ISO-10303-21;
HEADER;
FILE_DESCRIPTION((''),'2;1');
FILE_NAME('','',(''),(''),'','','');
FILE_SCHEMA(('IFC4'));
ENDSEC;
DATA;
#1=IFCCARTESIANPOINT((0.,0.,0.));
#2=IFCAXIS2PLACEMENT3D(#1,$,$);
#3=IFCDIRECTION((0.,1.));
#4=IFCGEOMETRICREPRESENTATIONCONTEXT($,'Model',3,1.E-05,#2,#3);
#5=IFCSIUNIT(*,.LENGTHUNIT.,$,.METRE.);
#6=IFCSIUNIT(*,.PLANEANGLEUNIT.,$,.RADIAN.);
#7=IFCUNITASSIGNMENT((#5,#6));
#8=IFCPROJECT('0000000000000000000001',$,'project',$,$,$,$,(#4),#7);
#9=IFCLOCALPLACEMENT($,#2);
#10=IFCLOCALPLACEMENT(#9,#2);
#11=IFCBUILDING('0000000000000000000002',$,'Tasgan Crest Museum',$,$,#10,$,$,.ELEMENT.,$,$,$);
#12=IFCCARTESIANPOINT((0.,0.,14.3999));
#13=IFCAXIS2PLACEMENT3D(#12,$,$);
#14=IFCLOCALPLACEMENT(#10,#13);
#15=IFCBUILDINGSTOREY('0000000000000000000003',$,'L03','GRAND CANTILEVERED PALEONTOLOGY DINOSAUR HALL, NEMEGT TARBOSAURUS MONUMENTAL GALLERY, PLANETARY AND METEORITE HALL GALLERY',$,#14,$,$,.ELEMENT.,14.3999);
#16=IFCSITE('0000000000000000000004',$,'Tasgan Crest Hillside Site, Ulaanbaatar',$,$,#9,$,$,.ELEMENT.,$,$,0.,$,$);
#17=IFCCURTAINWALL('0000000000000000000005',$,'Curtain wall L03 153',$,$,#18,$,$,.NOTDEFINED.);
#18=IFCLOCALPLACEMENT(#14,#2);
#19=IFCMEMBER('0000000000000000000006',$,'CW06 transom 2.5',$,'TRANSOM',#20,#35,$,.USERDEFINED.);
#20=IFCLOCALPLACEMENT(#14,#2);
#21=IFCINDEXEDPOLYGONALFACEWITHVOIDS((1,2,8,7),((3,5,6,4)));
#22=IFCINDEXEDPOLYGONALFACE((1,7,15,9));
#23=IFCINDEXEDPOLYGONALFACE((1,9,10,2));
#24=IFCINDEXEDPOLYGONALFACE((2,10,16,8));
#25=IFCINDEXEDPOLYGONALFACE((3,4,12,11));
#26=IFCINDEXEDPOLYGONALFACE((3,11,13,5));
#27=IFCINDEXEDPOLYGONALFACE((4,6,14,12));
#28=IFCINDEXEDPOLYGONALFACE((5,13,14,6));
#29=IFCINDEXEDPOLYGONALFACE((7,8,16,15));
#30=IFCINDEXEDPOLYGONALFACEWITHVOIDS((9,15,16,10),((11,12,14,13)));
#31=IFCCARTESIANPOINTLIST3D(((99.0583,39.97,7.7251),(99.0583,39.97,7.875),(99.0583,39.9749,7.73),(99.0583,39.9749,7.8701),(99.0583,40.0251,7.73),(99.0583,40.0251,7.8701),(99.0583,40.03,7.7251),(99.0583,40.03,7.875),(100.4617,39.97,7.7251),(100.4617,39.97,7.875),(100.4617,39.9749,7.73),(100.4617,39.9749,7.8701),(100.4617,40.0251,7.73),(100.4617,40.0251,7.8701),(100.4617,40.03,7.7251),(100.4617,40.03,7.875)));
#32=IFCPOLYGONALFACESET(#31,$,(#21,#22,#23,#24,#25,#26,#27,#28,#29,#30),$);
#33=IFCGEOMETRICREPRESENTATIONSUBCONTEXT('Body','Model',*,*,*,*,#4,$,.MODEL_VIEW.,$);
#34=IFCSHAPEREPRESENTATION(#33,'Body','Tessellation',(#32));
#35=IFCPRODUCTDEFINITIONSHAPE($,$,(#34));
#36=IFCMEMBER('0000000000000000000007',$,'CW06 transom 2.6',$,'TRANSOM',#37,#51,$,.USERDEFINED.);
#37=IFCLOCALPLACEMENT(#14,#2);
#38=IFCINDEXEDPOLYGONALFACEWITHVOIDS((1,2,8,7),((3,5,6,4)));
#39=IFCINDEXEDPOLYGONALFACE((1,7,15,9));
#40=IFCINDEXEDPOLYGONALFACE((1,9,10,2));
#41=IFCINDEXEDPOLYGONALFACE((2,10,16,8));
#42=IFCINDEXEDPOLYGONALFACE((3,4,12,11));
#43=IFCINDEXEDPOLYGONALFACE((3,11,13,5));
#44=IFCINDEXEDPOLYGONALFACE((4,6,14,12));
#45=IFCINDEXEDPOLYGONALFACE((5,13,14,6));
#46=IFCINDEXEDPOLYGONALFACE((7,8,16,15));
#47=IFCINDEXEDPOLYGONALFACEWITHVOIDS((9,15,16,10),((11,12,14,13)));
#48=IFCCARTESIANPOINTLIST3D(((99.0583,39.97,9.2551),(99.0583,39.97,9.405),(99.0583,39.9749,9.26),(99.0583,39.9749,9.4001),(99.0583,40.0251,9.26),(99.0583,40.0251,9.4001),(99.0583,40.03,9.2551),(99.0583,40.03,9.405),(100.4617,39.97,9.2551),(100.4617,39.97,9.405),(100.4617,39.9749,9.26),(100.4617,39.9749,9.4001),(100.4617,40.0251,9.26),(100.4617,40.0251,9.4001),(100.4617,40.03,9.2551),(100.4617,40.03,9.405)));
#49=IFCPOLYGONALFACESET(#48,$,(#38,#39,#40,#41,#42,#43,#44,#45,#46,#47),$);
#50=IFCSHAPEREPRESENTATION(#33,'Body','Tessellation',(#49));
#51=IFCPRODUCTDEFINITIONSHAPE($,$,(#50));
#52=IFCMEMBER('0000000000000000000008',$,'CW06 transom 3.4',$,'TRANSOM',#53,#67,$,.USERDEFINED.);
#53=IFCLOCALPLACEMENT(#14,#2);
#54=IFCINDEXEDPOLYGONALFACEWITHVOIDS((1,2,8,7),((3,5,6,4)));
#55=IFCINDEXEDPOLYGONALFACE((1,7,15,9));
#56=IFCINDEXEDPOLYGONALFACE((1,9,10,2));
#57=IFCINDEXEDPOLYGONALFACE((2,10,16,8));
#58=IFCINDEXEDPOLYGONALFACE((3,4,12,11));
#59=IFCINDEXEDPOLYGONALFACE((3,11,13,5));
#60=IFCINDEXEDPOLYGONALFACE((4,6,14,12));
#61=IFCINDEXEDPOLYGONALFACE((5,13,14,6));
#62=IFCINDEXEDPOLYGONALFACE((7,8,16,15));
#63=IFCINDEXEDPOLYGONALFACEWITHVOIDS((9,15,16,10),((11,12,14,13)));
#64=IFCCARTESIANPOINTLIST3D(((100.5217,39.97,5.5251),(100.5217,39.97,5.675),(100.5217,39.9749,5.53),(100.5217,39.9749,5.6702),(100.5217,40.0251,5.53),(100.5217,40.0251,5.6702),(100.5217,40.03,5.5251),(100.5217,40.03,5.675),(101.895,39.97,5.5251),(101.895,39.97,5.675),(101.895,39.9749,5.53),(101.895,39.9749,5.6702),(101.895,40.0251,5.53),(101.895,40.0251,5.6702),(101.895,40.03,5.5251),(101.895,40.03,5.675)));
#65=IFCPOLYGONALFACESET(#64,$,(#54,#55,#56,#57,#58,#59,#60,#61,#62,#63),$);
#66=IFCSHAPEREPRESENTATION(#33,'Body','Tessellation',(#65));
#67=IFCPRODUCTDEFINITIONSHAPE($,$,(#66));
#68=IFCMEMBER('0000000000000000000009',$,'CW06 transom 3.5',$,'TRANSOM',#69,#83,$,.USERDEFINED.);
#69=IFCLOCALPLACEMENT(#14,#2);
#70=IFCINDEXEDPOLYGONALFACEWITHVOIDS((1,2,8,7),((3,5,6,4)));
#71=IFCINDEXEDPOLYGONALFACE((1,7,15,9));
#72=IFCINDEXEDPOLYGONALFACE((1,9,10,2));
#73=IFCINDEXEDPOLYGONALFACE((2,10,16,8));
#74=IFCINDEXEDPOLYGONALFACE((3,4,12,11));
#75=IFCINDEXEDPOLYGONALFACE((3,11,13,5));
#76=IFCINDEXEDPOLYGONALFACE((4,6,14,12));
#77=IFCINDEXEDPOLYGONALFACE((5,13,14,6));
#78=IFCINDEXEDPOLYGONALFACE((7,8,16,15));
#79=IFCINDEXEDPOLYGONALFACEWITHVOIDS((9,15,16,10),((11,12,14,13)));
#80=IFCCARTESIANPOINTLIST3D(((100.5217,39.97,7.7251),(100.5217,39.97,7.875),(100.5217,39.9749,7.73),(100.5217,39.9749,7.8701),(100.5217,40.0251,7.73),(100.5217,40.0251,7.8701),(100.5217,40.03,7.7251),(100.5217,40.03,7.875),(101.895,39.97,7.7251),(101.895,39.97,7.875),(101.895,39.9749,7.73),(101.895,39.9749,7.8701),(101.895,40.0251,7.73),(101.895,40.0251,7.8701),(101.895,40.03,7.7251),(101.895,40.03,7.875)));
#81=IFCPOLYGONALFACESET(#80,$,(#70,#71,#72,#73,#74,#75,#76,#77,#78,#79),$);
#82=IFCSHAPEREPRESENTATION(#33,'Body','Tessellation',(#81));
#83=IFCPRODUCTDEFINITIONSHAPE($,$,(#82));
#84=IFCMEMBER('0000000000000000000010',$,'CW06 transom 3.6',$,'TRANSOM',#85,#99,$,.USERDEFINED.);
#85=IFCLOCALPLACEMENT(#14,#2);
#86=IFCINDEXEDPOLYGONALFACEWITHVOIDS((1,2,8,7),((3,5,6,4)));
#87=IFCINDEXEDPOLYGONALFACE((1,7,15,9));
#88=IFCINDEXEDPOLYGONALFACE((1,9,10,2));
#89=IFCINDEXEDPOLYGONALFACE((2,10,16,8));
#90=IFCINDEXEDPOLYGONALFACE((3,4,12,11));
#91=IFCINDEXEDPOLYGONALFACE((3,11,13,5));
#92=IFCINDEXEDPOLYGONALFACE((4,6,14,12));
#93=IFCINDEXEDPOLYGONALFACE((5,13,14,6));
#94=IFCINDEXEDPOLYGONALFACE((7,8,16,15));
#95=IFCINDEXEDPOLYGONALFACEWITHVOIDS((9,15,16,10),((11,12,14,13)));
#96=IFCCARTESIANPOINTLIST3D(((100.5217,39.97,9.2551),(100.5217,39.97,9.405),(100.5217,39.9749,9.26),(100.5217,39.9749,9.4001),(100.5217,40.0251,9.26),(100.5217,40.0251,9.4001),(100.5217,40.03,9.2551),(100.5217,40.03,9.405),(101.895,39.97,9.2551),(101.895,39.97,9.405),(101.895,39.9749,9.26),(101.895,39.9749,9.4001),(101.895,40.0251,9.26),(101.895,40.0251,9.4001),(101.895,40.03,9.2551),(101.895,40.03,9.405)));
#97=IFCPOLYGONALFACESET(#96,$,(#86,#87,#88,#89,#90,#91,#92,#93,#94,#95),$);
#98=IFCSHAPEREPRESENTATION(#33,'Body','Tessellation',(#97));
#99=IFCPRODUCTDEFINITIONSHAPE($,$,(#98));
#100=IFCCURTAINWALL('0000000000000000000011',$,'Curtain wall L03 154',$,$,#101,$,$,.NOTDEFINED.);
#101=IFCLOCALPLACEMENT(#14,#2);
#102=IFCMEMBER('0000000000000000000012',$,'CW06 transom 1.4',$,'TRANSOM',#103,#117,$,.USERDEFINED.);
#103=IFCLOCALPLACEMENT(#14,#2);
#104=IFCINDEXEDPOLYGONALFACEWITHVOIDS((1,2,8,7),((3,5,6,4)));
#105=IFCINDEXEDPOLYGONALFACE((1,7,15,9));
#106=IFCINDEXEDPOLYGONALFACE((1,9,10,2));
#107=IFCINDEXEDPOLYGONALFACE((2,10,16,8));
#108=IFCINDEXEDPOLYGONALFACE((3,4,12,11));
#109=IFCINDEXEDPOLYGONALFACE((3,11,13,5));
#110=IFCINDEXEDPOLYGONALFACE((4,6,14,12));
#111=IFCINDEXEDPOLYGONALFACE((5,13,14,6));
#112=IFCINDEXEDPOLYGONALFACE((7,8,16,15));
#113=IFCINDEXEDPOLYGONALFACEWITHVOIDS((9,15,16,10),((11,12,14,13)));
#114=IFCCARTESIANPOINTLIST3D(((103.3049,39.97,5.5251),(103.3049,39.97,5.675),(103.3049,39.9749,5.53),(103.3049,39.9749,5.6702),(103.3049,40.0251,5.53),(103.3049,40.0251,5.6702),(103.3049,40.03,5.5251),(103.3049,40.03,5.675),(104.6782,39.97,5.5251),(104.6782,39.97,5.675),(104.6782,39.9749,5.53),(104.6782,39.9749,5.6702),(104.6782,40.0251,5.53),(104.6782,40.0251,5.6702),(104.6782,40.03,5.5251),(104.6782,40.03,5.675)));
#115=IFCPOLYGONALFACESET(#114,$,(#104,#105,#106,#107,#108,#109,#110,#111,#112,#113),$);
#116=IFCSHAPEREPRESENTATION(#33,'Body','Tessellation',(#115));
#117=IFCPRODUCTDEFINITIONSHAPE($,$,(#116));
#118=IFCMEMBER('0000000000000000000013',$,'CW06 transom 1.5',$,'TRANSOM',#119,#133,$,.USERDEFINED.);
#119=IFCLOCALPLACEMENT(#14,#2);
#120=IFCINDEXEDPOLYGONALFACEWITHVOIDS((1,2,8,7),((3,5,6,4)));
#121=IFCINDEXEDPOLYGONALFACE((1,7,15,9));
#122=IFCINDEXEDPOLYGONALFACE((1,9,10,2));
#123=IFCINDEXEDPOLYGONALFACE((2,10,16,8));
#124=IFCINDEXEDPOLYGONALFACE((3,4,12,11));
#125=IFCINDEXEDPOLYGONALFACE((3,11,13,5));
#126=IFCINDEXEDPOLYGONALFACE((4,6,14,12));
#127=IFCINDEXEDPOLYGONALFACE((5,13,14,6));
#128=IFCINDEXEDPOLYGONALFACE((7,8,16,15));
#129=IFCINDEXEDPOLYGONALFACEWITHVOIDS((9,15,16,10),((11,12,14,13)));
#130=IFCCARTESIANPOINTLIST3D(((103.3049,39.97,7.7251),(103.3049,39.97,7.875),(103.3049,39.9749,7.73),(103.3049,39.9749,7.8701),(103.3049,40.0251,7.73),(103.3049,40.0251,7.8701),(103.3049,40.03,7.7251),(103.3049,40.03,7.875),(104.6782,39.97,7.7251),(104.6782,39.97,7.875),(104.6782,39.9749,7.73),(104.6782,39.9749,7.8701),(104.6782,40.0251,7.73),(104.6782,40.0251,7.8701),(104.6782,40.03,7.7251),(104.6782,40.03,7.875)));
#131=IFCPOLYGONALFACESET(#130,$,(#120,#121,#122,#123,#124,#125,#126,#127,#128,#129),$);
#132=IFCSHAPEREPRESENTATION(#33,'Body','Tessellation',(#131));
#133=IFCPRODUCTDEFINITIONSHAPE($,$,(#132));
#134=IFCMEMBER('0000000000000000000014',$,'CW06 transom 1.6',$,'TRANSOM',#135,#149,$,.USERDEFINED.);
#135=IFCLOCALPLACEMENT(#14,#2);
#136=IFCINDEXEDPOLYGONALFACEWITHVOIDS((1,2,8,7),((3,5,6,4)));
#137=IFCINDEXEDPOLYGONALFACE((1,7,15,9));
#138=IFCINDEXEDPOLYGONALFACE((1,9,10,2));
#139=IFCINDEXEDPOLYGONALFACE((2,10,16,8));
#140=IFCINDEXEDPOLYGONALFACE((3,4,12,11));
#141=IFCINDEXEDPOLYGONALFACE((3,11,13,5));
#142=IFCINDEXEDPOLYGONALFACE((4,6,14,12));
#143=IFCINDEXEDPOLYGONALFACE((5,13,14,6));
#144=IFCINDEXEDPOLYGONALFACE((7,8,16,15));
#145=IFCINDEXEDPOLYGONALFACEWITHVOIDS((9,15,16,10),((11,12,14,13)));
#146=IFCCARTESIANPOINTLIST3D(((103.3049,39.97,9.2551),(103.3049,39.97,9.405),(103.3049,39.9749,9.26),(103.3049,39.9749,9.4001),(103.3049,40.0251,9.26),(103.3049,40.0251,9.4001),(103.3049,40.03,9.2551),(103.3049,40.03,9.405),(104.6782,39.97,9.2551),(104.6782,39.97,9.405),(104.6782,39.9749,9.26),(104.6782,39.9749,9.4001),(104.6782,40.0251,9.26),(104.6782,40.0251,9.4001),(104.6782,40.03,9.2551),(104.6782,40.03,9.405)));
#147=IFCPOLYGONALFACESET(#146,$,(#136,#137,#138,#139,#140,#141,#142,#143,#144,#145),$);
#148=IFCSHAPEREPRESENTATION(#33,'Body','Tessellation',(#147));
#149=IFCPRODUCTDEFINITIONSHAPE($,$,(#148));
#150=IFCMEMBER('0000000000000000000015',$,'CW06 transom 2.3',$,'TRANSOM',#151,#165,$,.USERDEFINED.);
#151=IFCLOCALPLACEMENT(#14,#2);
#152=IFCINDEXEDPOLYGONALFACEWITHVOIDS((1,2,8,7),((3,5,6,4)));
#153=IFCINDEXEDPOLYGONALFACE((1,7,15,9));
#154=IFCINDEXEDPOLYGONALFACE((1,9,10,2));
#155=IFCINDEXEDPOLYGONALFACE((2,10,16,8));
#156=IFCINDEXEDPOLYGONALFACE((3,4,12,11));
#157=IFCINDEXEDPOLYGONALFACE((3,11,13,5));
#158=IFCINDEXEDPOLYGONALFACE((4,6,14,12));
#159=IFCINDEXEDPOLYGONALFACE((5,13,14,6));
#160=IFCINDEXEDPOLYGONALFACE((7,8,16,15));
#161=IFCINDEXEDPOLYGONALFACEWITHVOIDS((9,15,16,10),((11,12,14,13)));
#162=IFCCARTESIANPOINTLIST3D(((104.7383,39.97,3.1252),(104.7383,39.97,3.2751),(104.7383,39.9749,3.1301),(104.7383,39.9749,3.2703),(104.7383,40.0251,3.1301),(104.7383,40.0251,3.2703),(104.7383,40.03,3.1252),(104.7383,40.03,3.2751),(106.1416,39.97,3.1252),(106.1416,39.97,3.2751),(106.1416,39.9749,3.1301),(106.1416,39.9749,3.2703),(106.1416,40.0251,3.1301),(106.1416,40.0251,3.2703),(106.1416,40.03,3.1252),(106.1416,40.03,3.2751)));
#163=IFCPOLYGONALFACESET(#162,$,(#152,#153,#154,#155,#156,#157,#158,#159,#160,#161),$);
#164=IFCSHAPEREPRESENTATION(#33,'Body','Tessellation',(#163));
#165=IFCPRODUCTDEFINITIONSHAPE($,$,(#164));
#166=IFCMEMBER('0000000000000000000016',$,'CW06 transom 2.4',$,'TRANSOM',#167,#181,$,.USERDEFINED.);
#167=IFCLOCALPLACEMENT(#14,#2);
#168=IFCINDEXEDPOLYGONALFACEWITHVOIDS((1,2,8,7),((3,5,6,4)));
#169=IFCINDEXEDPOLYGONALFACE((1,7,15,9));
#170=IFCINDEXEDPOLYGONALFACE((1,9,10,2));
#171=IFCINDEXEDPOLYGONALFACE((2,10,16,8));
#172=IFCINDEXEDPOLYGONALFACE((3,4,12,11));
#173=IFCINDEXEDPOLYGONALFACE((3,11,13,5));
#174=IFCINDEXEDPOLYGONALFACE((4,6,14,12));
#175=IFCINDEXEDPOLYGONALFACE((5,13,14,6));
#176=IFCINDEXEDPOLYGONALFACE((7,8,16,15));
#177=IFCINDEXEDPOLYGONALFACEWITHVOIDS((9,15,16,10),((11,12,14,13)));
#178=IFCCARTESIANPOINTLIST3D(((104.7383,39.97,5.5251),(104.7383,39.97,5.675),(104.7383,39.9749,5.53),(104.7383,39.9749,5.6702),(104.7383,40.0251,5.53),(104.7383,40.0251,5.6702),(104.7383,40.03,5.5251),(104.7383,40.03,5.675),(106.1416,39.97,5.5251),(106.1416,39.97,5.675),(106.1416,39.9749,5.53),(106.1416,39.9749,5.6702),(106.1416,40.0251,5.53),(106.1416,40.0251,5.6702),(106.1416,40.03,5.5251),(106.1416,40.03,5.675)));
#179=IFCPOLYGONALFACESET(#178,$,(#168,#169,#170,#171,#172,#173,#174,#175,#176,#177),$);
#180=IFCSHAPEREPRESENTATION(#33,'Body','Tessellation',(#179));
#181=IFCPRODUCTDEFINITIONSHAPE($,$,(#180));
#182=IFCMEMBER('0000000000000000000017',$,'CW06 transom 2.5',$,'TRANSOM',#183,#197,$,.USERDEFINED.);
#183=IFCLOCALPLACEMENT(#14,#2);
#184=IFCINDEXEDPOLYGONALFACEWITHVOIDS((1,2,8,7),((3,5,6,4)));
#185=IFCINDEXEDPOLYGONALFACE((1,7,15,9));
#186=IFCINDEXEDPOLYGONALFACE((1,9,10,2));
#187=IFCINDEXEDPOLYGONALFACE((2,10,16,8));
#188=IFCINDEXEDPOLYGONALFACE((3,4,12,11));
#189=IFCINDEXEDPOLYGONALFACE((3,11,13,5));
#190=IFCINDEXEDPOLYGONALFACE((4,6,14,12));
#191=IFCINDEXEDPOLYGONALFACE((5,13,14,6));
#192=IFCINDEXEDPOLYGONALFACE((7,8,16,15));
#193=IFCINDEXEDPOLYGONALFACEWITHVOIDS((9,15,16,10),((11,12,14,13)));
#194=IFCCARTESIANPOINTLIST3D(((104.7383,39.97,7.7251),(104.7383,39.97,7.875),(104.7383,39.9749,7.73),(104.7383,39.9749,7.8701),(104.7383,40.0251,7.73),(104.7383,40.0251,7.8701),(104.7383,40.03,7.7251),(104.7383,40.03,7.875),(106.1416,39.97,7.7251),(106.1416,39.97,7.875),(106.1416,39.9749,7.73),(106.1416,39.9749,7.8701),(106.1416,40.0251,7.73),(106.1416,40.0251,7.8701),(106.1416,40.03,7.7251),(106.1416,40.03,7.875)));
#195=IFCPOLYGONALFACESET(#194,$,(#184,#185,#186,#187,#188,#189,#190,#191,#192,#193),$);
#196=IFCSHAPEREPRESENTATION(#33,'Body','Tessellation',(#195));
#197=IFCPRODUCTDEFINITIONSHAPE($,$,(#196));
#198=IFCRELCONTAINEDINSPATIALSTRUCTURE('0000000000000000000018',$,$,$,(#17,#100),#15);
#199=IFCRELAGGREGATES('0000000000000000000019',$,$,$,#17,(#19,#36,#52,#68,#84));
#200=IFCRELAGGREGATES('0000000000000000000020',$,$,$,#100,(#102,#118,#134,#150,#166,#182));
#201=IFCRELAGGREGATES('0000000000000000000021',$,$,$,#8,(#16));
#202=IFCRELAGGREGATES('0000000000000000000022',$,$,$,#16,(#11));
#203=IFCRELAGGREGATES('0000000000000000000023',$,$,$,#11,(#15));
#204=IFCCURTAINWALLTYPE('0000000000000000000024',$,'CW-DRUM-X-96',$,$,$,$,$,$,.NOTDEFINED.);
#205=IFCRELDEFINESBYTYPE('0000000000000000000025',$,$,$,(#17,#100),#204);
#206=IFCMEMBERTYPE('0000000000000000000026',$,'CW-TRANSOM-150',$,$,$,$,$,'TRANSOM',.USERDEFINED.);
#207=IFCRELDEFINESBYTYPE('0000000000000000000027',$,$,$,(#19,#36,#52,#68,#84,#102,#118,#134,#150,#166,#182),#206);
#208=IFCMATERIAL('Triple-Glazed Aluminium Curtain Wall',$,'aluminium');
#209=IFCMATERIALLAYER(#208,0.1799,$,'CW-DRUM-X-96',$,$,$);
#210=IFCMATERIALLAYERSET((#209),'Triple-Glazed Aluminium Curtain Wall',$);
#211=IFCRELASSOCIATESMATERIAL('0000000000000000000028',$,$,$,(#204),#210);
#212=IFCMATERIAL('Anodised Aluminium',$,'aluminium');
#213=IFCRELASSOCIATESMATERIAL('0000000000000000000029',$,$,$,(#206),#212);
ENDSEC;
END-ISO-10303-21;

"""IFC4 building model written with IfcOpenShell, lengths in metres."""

from ifc_helpers import new_model, si_unit, direction, frame, origin, origin_2d, place, context, subcontext, project, spatial, hollow_rectangle, extrude, material, layer, layer_set, material_profile, profile_set, type_object, element, aggregate, save


model = new_model("IFC4")

# Units and contexts
model_context = context("Model", 3, precision=1e-05, world=origin(), true_north=direction((0.0, 1.0)))
body_context = subcontext(model_context, "Body", "Model", "MODEL_VIEW")
ifc_project = project(units=[si_unit("LENGTHUNIT", "METRE"), si_unit("PLANEANGLEUNIT", "RADIAN")], contexts=[model_context])

# Site, building, storey
site_placement = place(None, origin())
site = spatial("IfcSite", under=ifc_project, at=site_placement, Name="Tasgan Crest Hillside Site, Ulaanbaatar", CompositionType="ELEMENT", RefElevation=0.0)
building_placement = place(site_placement, origin())
building = spatial("IfcBuilding", under=site, at=building_placement, Name="Tasgan Crest Museum", CompositionType="ELEMENT")
storey_placement = place(building_placement, frame((0.0, 0.0, 14.3999)))
storey = spatial("IfcBuildingStorey", under=building, at=storey_placement, Name="L03", Description="GRAND CANTILEVERED PALEONTOLOGY DINOSAUR HALL, NEMEGT TARBOSAURUS MONUMENTAL GALLERY, PLANETARY AND METEORITE HALL GALLERY", CompositionType="ELEMENT", Elevation=14.3999)

# Curtain walls, members
ifc_material_1 = material(Name="Triple-Glazed Aluminium Curtain Wall", Category="aluminium")
ifc_layer_1 = layer(ifc_material_1, 0.1799, Name="CW-DRUM-X-96")
ifc_layer_set_1 = layer_set([ifc_layer_1], Name="Triple-Glazed Aluminium Curtain Wall")
curtain_wall_type = type_object("IfcCurtainWallType", Name="CW-DRUM-X-96", PredefinedType="NOTDEFINED", material=ifc_layer_set_1)
curtain_wall_1_placement = place(storey_placement, origin())
curtain_wall_1 = element("IfcCurtainWall", 1, at=curtain_wall_1_placement, inside=storey, type_object=curtain_wall_type, Name="Curtain wall L03 153", PredefinedType="NOTDEFINED")
ifc_material_2 = material(Name="Anodised Aluminium", Category="aluminium")
ifc_material_profile = material_profile(ifc_material_2, hollow_rectangle(XDim=0.0601, YDim=0.1499, WallThickness=0.0049, at=origin_2d()), Name="ALU TRANSOM 150x60x5")
ifc_profile_set = profile_set([ifc_material_profile], Name="Anodised Aluminium")
member_type = type_object("IfcMemberType", Name="CW-TRANSOM-150", ElementType="TRANSOM", PredefinedType="USERDEFINED", material=ifc_profile_set)
member_1_placement = place(storey_placement, frame((99.0583, 40.0, 7.8), z_axis=(1.0, 0.0, 0.0), x_axis=(0.0, 1.0, 0.0)))
member_1 = element("IfcMember", 2, at=member_1_placement, type_object=member_type, Name="CW06 transom 2.5", ObjectType="TRANSOM", PredefinedType="USERDEFINED", context=body_context, shape_type="SweptSolid", body=[
    extrude(hollow_rectangle(XDim=0.0601, YDim=0.1499, WallThickness=0.0049, at=origin_2d()), origin(), (0.0, 0.0, 1.0), 1.4033),
])
member_2_placement = place(storey_placement, frame((99.0583, 40.0, 9.3301), z_axis=(1.0, 0.0, 0.0), x_axis=(0.0, 1.0, 0.0)))
member_2 = element("IfcMember", 3, at=member_2_placement, type_object=member_type, Name="CW06 transom 2.6", ObjectType="TRANSOM", PredefinedType="USERDEFINED", context=body_context, shape_type="SweptSolid", body=[
    extrude(hollow_rectangle(XDim=0.0601, YDim=0.1499, WallThickness=0.0049, at=origin_2d()), origin(), (0.0, 0.0, 1.0), 1.4033),
])
member_3_placement = place(storey_placement, frame((100.5217, 40.0, 5.6001), z_axis=(1.0, 0.0, 0.0), x_axis=(0.0, 1.0, 0.0)))
member_3 = element("IfcMember", 4, at=member_3_placement, type_object=member_type, Name="CW06 transom 3.4", ObjectType="TRANSOM", PredefinedType="USERDEFINED", context=body_context, shape_type="SweptSolid", body=[
    extrude(hollow_rectangle(XDim=0.0601, YDim=0.1499, WallThickness=0.0049, at=origin_2d()), origin(), (0.0, 0.0, 1.0), 1.3733),
])
member_4_placement = place(storey_placement, frame((100.5217, 40.0, 7.8), z_axis=(1.0, 0.0, 0.0), x_axis=(0.0, 1.0, 0.0)))
member_4 = element("IfcMember", 5, at=member_4_placement, type_object=member_type, Name="CW06 transom 3.5", ObjectType="TRANSOM", PredefinedType="USERDEFINED", context=body_context, shape_type="SweptSolid", body=[
    extrude(hollow_rectangle(XDim=0.0601, YDim=0.1499, WallThickness=0.0049, at=origin_2d()), origin(), (0.0, 0.0, 1.0), 1.3733),
])
member_5_placement = place(storey_placement, frame((100.5217, 40.0, 9.3301), z_axis=(1.0, 0.0, 0.0), x_axis=(0.0, 1.0, 0.0)))
member_5 = element("IfcMember", 6, at=member_5_placement, type_object=member_type, Name="CW06 transom 3.6", ObjectType="TRANSOM", PredefinedType="USERDEFINED", context=body_context, shape_type="SweptSolid", body=[
    extrude(hollow_rectangle(XDim=0.0601, YDim=0.1499, WallThickness=0.0049, at=origin_2d()), origin(), (0.0, 0.0, 1.0), 1.3733),
])
curtain_wall_2_placement = place(storey_placement, origin())
curtain_wall_2 = element("IfcCurtainWall", 7, at=curtain_wall_2_placement, inside=storey, type_object=curtain_wall_type, Name="Curtain wall L03 154", PredefinedType="NOTDEFINED")
member_6_placement = place(storey_placement, frame((103.3049, 40.0, 5.6001), z_axis=(1.0, 0.0, 0.0), x_axis=(0.0, 1.0, 0.0)))
member_6 = element("IfcMember", 8, at=member_6_placement, type_object=member_type, Name="CW06 transom 1.4", ObjectType="TRANSOM", PredefinedType="USERDEFINED", context=body_context, shape_type="SweptSolid", body=[
    extrude(hollow_rectangle(XDim=0.0601, YDim=0.1499, WallThickness=0.0049, at=origin_2d()), origin(), (0.0, 0.0, 1.0), 1.3733),
])
member_7_placement = place(storey_placement, frame((103.3049, 40.0, 7.8), z_axis=(1.0, 0.0, 0.0), x_axis=(0.0, 1.0, 0.0)))
member_7 = element("IfcMember", 9, at=member_7_placement, type_object=member_type, Name="CW06 transom 1.5", ObjectType="TRANSOM", PredefinedType="USERDEFINED", context=body_context, shape_type="SweptSolid", body=[
    extrude(hollow_rectangle(XDim=0.0601, YDim=0.1499, WallThickness=0.0049, at=origin_2d()), origin(), (0.0, 0.0, 1.0), 1.3733),
])
member_8_placement = place(storey_placement, frame((103.3049, 40.0, 9.3301), z_axis=(1.0, 0.0, 0.0), x_axis=(0.0, 1.0, 0.0)))
member_8 = element("IfcMember", 10, at=member_8_placement, type_object=member_type, Name="CW06 transom 1.6", ObjectType="TRANSOM", PredefinedType="USERDEFINED", context=body_context, shape_type="SweptSolid", body=[
    extrude(hollow_rectangle(XDim=0.0601, YDim=0.1499, WallThickness=0.0049, at=origin_2d()), origin(), (0.0, 0.0, 1.0), 1.3733),
])
member_9_placement = place(storey_placement, frame((104.7383, 40.0, 3.2002), z_axis=(1.0, 0.0, 0.0), x_axis=(0.0, 1.0, 0.0)))
member_9 = element("IfcMember", 11, at=member_9_placement, type_object=member_type, Name="CW06 transom 2.3", ObjectType="TRANSOM", PredefinedType="USERDEFINED", context=body_context, shape_type="SweptSolid", body=[
    extrude(hollow_rectangle(XDim=0.0601, YDim=0.1499, WallThickness=0.0049, at=origin_2d()), origin(), (0.0, 0.0, 1.0), 1.4033),
])
member_10_placement = place(storey_placement, frame((104.7383, 40.0, 5.6001), z_axis=(1.0, 0.0, 0.0), x_axis=(0.0, 1.0, 0.0)))
member_10 = element("IfcMember", 12, at=member_10_placement, type_object=member_type, Name="CW06 transom 2.4", ObjectType="TRANSOM", PredefinedType="USERDEFINED", context=body_context, shape_type="SweptSolid", body=[
    extrude(hollow_rectangle(XDim=0.0601, YDim=0.1499, WallThickness=0.0049, at=origin_2d()), origin(), (0.0, 0.0, 1.0), 1.4033),
])
member_11_placement = place(storey_placement, frame((104.7383, 40.0, 7.8), z_axis=(1.0, 0.0, 0.0), x_axis=(0.0, 1.0, 0.0)))
member_11 = element("IfcMember", 13, at=member_11_placement, type_object=member_type, Name="CW06 transom 2.5", ObjectType="TRANSOM", PredefinedType="USERDEFINED", context=body_context, shape_type="SweptSolid", body=[
    extrude(hollow_rectangle(XDim=0.0601, YDim=0.1499, WallThickness=0.0049, at=origin_2d()), origin(), (0.0, 0.0, 1.0), 1.4033),
])

aggregate(curtain_wall_1, [member_1, member_2, member_3, member_4, member_5])
aggregate(curtain_wall_2, [member_6, member_7, member_8, member_9, member_10, member_11])

save(model, "model.ifc")
